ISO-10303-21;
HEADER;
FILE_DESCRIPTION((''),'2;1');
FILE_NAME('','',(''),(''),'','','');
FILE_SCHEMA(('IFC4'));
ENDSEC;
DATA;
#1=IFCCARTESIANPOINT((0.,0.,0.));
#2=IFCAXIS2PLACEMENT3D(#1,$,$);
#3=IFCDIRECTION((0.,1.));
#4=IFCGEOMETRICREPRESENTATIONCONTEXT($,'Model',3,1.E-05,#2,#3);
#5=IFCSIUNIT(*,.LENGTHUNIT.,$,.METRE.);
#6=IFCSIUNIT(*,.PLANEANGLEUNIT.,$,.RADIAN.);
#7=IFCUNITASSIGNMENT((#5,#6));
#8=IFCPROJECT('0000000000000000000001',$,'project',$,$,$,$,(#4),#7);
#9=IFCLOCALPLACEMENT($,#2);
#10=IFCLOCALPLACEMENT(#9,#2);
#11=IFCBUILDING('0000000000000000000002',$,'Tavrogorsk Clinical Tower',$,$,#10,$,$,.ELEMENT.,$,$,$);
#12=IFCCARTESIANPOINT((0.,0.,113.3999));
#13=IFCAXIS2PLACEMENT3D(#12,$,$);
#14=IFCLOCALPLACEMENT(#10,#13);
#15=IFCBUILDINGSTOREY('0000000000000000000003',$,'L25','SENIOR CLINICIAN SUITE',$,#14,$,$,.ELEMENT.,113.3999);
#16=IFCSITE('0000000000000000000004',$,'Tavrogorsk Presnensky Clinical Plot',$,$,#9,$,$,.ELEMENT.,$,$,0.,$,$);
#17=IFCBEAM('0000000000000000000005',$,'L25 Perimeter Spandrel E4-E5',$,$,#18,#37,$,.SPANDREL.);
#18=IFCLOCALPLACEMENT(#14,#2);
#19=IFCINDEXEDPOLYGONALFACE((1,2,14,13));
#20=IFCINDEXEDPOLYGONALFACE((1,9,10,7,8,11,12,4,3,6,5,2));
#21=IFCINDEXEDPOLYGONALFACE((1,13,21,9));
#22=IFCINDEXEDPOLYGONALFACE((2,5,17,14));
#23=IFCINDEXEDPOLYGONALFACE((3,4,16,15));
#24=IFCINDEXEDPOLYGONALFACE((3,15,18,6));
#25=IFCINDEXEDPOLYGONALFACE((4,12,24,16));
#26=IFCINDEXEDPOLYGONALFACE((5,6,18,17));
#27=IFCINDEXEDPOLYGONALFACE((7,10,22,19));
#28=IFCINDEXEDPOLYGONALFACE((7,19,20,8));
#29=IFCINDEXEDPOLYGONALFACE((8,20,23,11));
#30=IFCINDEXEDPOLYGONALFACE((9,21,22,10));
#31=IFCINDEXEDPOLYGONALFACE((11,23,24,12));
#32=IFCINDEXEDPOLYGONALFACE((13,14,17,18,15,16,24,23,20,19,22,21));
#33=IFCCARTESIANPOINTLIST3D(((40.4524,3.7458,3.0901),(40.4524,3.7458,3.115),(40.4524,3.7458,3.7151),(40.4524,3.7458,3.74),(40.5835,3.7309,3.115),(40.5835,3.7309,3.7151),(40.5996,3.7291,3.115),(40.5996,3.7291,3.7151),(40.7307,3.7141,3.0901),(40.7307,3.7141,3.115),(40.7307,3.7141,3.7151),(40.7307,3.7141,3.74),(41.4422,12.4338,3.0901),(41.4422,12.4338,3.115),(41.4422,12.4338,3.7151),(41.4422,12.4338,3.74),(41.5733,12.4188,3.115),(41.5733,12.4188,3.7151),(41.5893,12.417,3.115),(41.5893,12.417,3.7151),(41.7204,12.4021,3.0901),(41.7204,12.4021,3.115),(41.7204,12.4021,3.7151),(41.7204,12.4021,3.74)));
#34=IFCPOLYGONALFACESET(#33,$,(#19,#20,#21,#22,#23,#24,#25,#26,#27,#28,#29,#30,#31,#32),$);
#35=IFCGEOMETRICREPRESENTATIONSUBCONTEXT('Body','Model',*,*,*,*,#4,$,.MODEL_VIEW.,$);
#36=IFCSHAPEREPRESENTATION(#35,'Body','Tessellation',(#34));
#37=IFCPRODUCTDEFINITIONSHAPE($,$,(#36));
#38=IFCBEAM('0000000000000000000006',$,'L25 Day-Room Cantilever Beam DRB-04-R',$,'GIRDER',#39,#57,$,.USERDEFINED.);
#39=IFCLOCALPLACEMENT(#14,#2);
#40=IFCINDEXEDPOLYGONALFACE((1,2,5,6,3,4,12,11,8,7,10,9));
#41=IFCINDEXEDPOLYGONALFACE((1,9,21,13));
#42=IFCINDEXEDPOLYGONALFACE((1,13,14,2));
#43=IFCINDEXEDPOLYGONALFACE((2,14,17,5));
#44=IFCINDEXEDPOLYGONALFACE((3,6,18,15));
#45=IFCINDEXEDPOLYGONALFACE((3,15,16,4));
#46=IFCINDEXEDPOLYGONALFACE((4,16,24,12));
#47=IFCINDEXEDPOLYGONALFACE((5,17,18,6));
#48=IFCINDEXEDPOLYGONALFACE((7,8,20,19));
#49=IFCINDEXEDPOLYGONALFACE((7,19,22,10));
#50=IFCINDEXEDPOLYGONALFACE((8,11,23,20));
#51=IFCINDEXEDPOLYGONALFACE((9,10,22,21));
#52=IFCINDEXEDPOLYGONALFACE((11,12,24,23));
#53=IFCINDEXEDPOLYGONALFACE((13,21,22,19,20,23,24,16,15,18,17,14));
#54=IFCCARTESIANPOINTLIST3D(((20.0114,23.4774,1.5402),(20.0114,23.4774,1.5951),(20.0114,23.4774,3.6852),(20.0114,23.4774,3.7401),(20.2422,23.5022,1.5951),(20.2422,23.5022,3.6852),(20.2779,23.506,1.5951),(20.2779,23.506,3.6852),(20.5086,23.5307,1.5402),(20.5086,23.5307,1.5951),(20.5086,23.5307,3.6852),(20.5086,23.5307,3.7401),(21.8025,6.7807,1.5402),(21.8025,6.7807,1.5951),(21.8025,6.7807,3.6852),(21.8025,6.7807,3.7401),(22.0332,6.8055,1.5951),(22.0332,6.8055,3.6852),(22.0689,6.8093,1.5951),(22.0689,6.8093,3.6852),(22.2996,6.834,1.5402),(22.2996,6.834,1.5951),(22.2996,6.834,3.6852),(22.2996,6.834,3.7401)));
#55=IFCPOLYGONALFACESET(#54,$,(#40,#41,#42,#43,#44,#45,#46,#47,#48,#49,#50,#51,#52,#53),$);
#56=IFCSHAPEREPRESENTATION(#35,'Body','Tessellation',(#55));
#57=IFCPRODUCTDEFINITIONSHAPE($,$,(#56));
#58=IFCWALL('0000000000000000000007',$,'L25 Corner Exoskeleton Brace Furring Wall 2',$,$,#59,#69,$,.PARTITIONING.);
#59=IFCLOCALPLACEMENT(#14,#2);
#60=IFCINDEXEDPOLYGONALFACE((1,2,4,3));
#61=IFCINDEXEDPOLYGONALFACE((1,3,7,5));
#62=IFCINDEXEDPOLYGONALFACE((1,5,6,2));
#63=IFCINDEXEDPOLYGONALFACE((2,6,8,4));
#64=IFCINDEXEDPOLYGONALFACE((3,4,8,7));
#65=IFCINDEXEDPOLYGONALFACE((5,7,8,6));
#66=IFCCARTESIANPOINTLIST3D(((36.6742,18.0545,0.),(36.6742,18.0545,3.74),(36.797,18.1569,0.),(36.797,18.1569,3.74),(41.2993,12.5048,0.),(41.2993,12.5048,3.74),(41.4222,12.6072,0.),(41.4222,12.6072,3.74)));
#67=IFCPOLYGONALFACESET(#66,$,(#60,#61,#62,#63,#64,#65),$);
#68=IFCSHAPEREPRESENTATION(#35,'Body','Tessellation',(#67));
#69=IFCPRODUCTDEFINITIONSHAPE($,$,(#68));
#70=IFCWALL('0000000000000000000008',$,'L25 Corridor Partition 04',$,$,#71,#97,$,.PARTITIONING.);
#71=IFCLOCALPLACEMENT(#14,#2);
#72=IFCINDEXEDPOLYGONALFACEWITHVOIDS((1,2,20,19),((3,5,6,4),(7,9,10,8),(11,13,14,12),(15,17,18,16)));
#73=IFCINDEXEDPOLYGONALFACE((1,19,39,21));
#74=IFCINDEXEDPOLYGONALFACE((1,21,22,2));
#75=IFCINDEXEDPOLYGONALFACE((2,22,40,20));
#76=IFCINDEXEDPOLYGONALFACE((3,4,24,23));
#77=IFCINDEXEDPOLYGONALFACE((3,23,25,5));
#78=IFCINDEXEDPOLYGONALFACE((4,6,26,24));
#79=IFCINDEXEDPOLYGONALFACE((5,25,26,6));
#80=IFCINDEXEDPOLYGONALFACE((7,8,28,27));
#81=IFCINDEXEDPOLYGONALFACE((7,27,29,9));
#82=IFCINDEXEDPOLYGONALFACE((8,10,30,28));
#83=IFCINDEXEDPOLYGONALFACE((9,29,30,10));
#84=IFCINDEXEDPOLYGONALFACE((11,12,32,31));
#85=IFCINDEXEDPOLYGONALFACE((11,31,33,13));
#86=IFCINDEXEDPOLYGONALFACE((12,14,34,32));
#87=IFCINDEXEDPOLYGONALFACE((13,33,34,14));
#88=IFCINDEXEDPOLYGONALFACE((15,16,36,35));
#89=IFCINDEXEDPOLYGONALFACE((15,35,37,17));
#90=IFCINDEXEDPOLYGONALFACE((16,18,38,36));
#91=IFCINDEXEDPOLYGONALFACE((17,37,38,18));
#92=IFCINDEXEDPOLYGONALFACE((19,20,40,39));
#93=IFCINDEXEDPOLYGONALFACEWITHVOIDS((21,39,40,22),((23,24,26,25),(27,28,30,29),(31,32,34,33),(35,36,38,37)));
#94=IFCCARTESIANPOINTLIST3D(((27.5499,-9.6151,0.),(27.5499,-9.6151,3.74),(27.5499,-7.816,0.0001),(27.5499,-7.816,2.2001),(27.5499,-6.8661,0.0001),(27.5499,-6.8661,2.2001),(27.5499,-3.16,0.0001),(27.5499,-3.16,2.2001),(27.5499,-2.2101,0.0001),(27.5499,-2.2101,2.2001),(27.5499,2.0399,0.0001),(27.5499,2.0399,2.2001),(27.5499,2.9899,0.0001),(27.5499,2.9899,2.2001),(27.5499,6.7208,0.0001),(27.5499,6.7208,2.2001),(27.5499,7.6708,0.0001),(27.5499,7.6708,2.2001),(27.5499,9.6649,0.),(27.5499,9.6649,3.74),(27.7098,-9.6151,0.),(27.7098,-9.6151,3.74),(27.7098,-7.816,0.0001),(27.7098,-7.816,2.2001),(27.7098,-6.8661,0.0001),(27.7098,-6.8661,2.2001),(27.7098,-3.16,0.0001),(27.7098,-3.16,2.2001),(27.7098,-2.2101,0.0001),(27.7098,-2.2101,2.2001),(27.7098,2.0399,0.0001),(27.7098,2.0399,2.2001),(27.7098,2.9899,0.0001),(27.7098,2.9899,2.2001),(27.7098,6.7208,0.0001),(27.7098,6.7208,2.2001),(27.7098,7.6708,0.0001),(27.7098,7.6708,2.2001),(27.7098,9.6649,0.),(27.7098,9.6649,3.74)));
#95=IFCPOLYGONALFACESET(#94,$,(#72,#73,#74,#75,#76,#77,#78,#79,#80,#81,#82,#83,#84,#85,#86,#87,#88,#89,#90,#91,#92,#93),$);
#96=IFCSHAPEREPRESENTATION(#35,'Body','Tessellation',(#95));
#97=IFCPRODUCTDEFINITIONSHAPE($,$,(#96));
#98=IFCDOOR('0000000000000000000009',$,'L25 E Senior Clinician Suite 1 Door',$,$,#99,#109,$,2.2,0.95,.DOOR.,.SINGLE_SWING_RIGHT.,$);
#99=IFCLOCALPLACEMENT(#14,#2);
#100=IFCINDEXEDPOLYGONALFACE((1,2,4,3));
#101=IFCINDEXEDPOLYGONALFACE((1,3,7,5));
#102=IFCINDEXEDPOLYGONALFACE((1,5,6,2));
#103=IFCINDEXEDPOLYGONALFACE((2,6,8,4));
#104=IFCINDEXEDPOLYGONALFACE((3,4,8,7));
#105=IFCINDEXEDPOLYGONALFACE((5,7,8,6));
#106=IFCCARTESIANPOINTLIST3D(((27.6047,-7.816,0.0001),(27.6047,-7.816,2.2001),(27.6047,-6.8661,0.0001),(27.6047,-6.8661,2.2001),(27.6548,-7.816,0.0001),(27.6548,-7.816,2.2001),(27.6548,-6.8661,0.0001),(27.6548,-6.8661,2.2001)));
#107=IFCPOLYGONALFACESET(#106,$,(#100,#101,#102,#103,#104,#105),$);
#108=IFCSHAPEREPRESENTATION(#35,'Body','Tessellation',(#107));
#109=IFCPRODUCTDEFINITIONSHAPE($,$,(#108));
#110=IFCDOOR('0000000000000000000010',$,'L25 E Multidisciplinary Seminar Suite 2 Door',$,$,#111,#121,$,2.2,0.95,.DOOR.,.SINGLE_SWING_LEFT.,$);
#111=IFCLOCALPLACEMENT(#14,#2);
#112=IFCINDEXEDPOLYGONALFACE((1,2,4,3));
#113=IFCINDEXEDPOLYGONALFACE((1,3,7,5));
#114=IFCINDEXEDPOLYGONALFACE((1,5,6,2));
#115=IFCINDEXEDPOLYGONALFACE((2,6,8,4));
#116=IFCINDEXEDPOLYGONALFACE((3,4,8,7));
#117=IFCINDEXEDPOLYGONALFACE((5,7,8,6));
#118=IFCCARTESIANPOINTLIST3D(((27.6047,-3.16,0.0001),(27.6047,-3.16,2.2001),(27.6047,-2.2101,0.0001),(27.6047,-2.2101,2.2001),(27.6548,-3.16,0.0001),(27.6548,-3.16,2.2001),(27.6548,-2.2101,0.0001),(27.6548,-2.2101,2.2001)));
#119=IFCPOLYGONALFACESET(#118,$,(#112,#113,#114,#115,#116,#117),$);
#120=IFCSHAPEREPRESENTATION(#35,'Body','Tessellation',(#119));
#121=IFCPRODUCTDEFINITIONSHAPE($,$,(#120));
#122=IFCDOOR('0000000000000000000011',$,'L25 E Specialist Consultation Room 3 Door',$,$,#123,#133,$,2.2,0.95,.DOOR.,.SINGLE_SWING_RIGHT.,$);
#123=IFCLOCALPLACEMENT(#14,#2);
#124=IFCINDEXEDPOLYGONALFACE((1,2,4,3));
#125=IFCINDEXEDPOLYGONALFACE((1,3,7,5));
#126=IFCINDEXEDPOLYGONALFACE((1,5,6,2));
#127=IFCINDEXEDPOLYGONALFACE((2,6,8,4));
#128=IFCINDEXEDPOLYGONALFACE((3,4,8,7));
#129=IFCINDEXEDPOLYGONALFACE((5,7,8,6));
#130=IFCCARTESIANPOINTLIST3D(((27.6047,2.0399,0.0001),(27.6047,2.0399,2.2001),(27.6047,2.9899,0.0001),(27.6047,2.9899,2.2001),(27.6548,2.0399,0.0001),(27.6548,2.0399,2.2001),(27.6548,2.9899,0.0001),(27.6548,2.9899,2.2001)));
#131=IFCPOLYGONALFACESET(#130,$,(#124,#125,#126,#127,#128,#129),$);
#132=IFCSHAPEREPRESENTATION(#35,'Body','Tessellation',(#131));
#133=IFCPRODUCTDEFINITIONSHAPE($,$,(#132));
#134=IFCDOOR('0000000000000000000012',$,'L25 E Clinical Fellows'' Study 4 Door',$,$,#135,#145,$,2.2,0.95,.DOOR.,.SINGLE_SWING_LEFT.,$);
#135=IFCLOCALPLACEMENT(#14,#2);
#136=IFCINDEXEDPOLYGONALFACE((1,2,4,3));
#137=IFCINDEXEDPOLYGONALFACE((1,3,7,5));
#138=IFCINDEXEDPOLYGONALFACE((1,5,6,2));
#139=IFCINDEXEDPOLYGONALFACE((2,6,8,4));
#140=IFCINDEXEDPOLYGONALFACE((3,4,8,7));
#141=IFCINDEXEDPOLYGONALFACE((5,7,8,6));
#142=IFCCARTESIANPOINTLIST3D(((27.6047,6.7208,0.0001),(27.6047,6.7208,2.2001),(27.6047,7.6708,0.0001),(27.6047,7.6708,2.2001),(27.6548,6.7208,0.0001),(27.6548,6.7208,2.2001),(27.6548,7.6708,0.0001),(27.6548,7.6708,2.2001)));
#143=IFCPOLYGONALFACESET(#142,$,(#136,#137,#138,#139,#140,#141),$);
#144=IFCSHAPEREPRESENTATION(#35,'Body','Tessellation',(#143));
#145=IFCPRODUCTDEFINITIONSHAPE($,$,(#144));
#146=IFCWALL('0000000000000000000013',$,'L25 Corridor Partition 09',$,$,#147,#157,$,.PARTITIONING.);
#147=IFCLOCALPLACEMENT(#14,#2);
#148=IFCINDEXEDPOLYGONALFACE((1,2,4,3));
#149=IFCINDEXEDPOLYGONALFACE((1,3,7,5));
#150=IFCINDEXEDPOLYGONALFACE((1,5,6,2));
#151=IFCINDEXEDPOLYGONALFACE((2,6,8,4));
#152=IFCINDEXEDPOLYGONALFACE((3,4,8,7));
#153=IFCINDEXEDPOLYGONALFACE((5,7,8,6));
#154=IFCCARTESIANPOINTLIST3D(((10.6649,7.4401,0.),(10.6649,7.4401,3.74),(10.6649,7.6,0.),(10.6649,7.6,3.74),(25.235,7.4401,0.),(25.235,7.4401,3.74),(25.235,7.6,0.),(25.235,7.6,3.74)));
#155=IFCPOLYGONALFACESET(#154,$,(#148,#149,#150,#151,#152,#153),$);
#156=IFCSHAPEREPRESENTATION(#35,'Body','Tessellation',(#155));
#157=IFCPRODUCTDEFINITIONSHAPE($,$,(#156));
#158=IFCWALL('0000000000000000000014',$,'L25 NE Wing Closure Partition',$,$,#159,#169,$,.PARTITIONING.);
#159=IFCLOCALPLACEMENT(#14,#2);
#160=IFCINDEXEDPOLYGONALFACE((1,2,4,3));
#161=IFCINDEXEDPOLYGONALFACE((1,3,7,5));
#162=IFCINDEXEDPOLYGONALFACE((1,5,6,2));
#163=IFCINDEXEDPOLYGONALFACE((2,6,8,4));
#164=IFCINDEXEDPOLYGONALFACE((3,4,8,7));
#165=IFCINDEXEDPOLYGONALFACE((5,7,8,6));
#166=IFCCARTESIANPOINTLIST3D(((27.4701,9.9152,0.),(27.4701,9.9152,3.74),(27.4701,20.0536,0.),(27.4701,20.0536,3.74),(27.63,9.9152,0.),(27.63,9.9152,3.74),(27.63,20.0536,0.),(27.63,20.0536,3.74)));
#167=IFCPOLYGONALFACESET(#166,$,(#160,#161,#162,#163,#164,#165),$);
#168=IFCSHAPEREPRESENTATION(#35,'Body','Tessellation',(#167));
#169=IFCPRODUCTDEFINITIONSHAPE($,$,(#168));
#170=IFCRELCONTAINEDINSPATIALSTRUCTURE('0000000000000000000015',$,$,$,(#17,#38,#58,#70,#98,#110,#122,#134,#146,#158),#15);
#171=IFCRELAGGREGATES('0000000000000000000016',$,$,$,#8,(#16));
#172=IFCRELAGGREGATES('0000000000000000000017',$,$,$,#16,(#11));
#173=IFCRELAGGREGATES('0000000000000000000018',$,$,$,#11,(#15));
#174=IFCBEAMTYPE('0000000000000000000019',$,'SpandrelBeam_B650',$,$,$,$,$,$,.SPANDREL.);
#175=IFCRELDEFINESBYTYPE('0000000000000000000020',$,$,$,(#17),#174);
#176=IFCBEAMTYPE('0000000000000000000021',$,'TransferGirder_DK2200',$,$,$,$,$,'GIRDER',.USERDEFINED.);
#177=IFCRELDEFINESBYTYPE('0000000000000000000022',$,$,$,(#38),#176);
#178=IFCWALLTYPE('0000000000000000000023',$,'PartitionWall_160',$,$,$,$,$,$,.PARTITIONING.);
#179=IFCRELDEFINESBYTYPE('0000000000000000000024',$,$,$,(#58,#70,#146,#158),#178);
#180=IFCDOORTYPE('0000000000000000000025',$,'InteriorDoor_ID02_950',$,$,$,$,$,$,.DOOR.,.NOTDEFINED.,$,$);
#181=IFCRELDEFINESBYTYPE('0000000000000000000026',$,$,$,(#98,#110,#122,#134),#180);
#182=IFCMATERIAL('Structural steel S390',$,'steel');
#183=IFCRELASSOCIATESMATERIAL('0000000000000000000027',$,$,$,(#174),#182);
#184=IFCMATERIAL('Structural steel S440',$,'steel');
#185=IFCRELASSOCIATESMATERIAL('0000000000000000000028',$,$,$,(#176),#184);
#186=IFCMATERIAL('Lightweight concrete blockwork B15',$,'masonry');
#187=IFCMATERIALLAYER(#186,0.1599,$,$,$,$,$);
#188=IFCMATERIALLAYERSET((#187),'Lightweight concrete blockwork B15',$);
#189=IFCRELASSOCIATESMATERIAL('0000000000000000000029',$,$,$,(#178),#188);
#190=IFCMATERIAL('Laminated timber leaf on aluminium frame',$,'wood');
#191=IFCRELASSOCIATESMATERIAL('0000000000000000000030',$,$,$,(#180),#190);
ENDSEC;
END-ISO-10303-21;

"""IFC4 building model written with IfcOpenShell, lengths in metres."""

from ifc_helpers import new_model, si_unit, direction, frame, frame_2d, origin, origin_2d, place, context, subcontext, project, spatial, rectangle, i_section, extrude, material, layer, layer_set, material_profile, profile_set, type_object, element, fill, save


model = new_model("IFC4")

# Units and contexts
model_context = context("Model", 3, precision=1e-05, world=origin(), true_north=direction((0.0, 1.0)))
body_context = subcontext(model_context, "Body", "Model", "MODEL_VIEW")
ifc_project = project(units=[si_unit("LENGTHUNIT", "METRE"), si_unit("PLANEANGLEUNIT", "RADIAN")], contexts=[model_context])

# Site, building, storey
site_placement = place(None, origin())
site = spatial("IfcSite", under=ifc_project, at=site_placement, Name="Tavrogorsk Presnensky Clinical Plot", CompositionType="ELEMENT", RefElevation=0.0)
building_placement = place(site_placement, origin())
building = spatial("IfcBuilding", under=site, at=building_placement, Name="Tavrogorsk Clinical Tower", CompositionType="ELEMENT")
storey_placement = place(building_placement, frame((0.0, 0.0, 113.3999)))
storey = spatial("IfcBuildingStorey", under=building, at=storey_placement, Name="L25", Description="SENIOR CLINICIAN SUITE", CompositionType="ELEMENT", Elevation=113.3999)

# Beams
ifc_material_1 = material(Name="Structural steel S390", Category="steel")
ifc_material_profile_1 = material_profile(ifc_material_1, i_section(OverallWidth=0.28, OverallDepth=0.6499, WebThickness=0.0161, FlangeThickness=0.0249, at=origin_2d()), Name="B-650x280x16x25")
ifc_profile_set_1 = profile_set([ifc_material_profile_1], Name="Structural steel S390")
beam_type_1 = type_object("IfcBeamType", Name="SpandrelBeam_B650", PredefinedType="SPANDREL", material=ifc_profile_set_1)
beam_1_placement = place(storey_placement, frame((40.5916, 3.73, 3.415), z_axis=(0.113189, 0.993573, 0.0), x_axis=(-0.993573, 0.113189, 0.0)))
element("IfcBeam", 1, at=beam_1_placement, inside=storey, type_object=beam_type_1, Name="L25 Perimeter Spandrel E4-E5", PredefinedType="SPANDREL", context=body_context, shape_type="SweptSolid", body=[
    extrude(i_section(OverallWidth=0.28, OverallDepth=0.6499, WebThickness=0.0161, FlangeThickness=0.0249, at=origin_2d()), origin(), (0.0, 0.0, 1.0), 8.7441),
])
ifc_material_2 = material(Name="Structural steel S440", Category="steel")
ifc_material_profile_2 = material_profile(ifc_material_2, i_section(OverallWidth=0.5, OverallDepth=2.2, WebThickness=0.0359, FlangeThickness=0.0549, at=origin_2d()), Name="DK-2200x500x36x55")
ifc_profile_set_2 = profile_set([ifc_material_profile_2], Name="Structural steel S440")
beam_type_2 = type_object("IfcBeamType", Name="TransferGirder_DK2200", ElementType="GIRDER", PredefinedType="USERDEFINED", material=ifc_profile_set_2)
beam_2_placement = place(storey_placement, frame((22.051, 6.8074, 2.6401), z_axis=(-0.106655, 0.994296, 0.0), x_axis=(-0.994296, -0.106655, 0.0)))
element("IfcBeam", 2, at=beam_2_placement, inside=storey, type_object=beam_type_2, Name="L25 Day-Room Cantilever Beam DRB-04-R", ObjectType="GIRDER", PredefinedType="USERDEFINED", context=body_context, shape_type="SweptSolid", body=[
    extrude(i_section(OverallWidth=0.5, OverallDepth=2.2, WebThickness=0.0359, FlangeThickness=0.0549, at=origin_2d()), origin(), (0.0, 0.0, 1.0), 16.7925),
])

# Wall
ifc_material_3 = material(Name="Lightweight concrete blockwork B15", Category="masonry")
ifc_layer_1 = layer(ifc_material_3, 0.1599)
ifc_layer_set_1 = layer_set([ifc_layer_1], Name="Lightweight concrete blockwork B15")
wall_type = type_object("IfcWallType", Name="PartitionWall_160", PredefinedType="PARTITIONING", material=ifc_layer_set_1)
wall_1_placement = place(storey_placement, frame((41.3608, 12.5559, 0.0), z_axis=(0.0, 0.0, 1.0), x_axis=(-0.640218, 0.768194, 0.0)))
element("IfcWall", 3, at=wall_1_placement, inside=storey, type_object=wall_type, Name="L25 Corner Exoskeleton Brace Furring Wall 2", PredefinedType="PARTITIONING", context=body_context, shape_type="SweptSolid", body=[
    extrude(rectangle(XDim=7.2244, YDim=0.1599, at=frame_2d((3.6123, 0.0))), origin(), (0.0, 0.0, 1.0), 3.74),
])

# Wall, openings, doors
wall_2_placement = place(storey_placement, frame((27.6299, 9.665, 0.0), z_axis=(0.0, 0.0, 1.0), x_axis=(0.0, -1.0, 0.0)))
wall_2 = element("IfcWall", 4, at=wall_2_placement, inside=storey, type_object=wall_type, Name="L25 Corridor Partition 04", PredefinedType="PARTITIONING", context=body_context, shape_type="SweptSolid", body=[
    extrude(rectangle(XDim=19.28, YDim=0.1599, at=frame_2d((9.6401, 0.0))), origin(), (0.0, 0.0, 1.0), 3.74),
])
opening_1_placement = place(wall_2_placement, frame((16.531, 0.0, 0.0)))
opening_1 = element("IfcOpeningElement", 5, at=opening_1_placement, cuts=wall_2, PredefinedType="OPENING", context=body_context, shape_type="SweptSolid", body=[
    extrude(rectangle(XDim=0.95, YDim=2.2, at=frame_2d((0.4751, 1.1001))), frame((0.0, 0.0898, 0.0), z_axis=(0.0, -1.0, 0.0), x_axis=(1.0, 0.0, 0.0)), (0.0, 0.0, 1.0), 0.1799),
])
opening_2_placement = place(wall_2_placement, frame((11.875, 0.0, 0.0)))
opening_2 = element("IfcOpeningElement", 6, at=opening_2_placement, cuts=wall_2, PredefinedType="OPENING", context=body_context, shape_type="SweptSolid", body=[
    extrude(rectangle(XDim=0.95, YDim=2.2, at=frame_2d((0.4751, 1.1001))), frame((0.0, 0.0898, 0.0), z_axis=(0.0, -1.0, 0.0), x_axis=(1.0, 0.0, 0.0)), (0.0, 0.0, 1.0), 0.1799),
])
opening_3_placement = place(wall_2_placement, frame((6.675, 0.0, 0.0)))
opening_3 = element("IfcOpeningElement", 7, at=opening_3_placement, cuts=wall_2, PredefinedType="OPENING", context=body_context, shape_type="SweptSolid", body=[
    extrude(rectangle(XDim=0.95, YDim=2.2, at=frame_2d((0.4751, 1.1001))), frame((0.0, 0.0898, 0.0), z_axis=(0.0, -1.0, 0.0), x_axis=(1.0, 0.0, 0.0)), (0.0, 0.0, 1.0), 0.1799),
])
opening_4_placement = place(wall_2_placement, frame((1.9941, 0.0, 0.0)))
opening_4 = element("IfcOpeningElement", 8, at=opening_4_placement, cuts=wall_2, PredefinedType="OPENING", context=body_context, shape_type="SweptSolid", body=[
    extrude(rectangle(XDim=0.95, YDim=2.2, at=frame_2d((0.4751, 1.1001))), frame((0.0, 0.0898, 0.0), z_axis=(0.0, -1.0, 0.0), x_axis=(1.0, 0.0, 0.0)), (0.0, 0.0, 1.0), 0.1799),
])
ifc_material_4 = material(Name="Laminated timber leaf on aluminium frame", Category="wood")
door_type = type_object("IfcDoorType", Name="InteriorDoor_ID02_950", OperationType="NOTDEFINED", PredefinedType="DOOR", material=ifc_material_4)
door_1_placement = place(opening_1_placement, origin())
door_1 = element("IfcDoor", 9, at=door_1_placement, inside=storey, type_object=door_type, Name="L25 E Senior Clinician Suite 1 Door", OperationType="SINGLE_SWING_RIGHT", OverallHeight=2.2, OverallWidth=0.95, PredefinedType="DOOR", context=body_context, shape_type="SweptSolid", body=[
    extrude(rectangle(XDim=0.95, YDim=2.2, at=frame_2d((0.4751, 1.1001))), frame((0.0, 0.0249, 0.0), z_axis=(0.0, -1.0, 0.0), x_axis=(1.0, 0.0, 0.0)), (0.0, 0.0, 1.0), 0.05),
])
fill(opening_1, door_1)
door_2_placement = place(opening_2_placement, origin())
door_2 = element("IfcDoor", 10, at=door_2_placement, inside=storey, type_object=door_type, Name="L25 E Multidisciplinary Seminar Suite 2 Door", OperationType="SINGLE_SWING_LEFT", OverallHeight=2.2, OverallWidth=0.95, PredefinedType="DOOR", context=body_context, shape_type="SweptSolid", body=[
    extrude(rectangle(XDim=0.95, YDim=2.2, at=frame_2d((0.4751, 1.1001))), frame((0.0, 0.0249, 0.0), z_axis=(0.0, -1.0, 0.0), x_axis=(1.0, 0.0, 0.0)), (0.0, 0.0, 1.0), 0.05),
])
fill(opening_2, door_2)
door_3_placement = place(opening_3_placement, origin())
door_3 = element("IfcDoor", 11, at=door_3_placement, inside=storey, type_object=door_type, Name="L25 E Specialist Consultation Room 3 Door", OperationType="SINGLE_SWING_RIGHT", OverallHeight=2.2, OverallWidth=0.95, PredefinedType="DOOR", context=body_context, shape_type="SweptSolid", body=[
    extrude(rectangle(XDim=0.95, YDim=2.2, at=frame_2d((0.4751, 1.1001))), frame((0.0, 0.0249, 0.0), z_axis=(0.0, -1.0, 0.0), x_axis=(1.0, 0.0, 0.0)), (0.0, 0.0, 1.0), 0.05),
])
fill(opening_3, door_3)
door_4_placement = place(opening_4_placement, origin())
door_4 = element("IfcDoor", 12, at=door_4_placement, inside=storey, type_object=door_type, Name="L25 E Clinical Fellows' Study 4 Door", OperationType="SINGLE_SWING_LEFT", OverallHeight=2.2, OverallWidth=0.95, PredefinedType="DOOR", context=body_context, shape_type="SweptSolid", body=[
    extrude(rectangle(XDim=0.95, YDim=2.2, at=frame_2d((0.4751, 1.1001))), frame((0.0, 0.0249, 0.0), z_axis=(0.0, -1.0, 0.0), x_axis=(1.0, 0.0, 0.0)), (0.0, 0.0, 1.0), 0.05),
])
fill(opening_4, door_4)

# Walls
wall_3_placement = place(storey_placement, frame((25.2351, 7.52, 0.0), z_axis=(0.0, 0.0, 1.0), x_axis=(-1.0, 0.0, 0.0)))
element("IfcWall", 13, at=wall_3_placement, inside=storey, type_object=wall_type, Name="L25 Corridor Partition 09", PredefinedType="PARTITIONING", context=body_context, shape_type="SweptSolid", body=[
    extrude(rectangle(XDim=14.5701, YDim=0.1599, at=frame_2d((7.2852, 0.0))), origin(), (0.0, 0.0, 1.0), 3.74),
])
wall_4_placement = place(storey_placement, frame((27.55, 9.915, 0.0), z_axis=(0.0, 0.0, 1.0), x_axis=(0.0, 1.0, 0.0)))
element("IfcWall", 14, at=wall_4_placement, inside=storey, type_object=wall_type, Name="L25 NE Wing Closure Partition", PredefinedType="PARTITIONING", context=body_context, shape_type="SweptSolid", body=[
    extrude(rectangle(XDim=10.1384, YDim=0.1599, at=frame_2d((5.0693, 0.0))), origin(), (0.0, 0.0, 1.0), 3.74),
])

save(model, "model.ifc")
